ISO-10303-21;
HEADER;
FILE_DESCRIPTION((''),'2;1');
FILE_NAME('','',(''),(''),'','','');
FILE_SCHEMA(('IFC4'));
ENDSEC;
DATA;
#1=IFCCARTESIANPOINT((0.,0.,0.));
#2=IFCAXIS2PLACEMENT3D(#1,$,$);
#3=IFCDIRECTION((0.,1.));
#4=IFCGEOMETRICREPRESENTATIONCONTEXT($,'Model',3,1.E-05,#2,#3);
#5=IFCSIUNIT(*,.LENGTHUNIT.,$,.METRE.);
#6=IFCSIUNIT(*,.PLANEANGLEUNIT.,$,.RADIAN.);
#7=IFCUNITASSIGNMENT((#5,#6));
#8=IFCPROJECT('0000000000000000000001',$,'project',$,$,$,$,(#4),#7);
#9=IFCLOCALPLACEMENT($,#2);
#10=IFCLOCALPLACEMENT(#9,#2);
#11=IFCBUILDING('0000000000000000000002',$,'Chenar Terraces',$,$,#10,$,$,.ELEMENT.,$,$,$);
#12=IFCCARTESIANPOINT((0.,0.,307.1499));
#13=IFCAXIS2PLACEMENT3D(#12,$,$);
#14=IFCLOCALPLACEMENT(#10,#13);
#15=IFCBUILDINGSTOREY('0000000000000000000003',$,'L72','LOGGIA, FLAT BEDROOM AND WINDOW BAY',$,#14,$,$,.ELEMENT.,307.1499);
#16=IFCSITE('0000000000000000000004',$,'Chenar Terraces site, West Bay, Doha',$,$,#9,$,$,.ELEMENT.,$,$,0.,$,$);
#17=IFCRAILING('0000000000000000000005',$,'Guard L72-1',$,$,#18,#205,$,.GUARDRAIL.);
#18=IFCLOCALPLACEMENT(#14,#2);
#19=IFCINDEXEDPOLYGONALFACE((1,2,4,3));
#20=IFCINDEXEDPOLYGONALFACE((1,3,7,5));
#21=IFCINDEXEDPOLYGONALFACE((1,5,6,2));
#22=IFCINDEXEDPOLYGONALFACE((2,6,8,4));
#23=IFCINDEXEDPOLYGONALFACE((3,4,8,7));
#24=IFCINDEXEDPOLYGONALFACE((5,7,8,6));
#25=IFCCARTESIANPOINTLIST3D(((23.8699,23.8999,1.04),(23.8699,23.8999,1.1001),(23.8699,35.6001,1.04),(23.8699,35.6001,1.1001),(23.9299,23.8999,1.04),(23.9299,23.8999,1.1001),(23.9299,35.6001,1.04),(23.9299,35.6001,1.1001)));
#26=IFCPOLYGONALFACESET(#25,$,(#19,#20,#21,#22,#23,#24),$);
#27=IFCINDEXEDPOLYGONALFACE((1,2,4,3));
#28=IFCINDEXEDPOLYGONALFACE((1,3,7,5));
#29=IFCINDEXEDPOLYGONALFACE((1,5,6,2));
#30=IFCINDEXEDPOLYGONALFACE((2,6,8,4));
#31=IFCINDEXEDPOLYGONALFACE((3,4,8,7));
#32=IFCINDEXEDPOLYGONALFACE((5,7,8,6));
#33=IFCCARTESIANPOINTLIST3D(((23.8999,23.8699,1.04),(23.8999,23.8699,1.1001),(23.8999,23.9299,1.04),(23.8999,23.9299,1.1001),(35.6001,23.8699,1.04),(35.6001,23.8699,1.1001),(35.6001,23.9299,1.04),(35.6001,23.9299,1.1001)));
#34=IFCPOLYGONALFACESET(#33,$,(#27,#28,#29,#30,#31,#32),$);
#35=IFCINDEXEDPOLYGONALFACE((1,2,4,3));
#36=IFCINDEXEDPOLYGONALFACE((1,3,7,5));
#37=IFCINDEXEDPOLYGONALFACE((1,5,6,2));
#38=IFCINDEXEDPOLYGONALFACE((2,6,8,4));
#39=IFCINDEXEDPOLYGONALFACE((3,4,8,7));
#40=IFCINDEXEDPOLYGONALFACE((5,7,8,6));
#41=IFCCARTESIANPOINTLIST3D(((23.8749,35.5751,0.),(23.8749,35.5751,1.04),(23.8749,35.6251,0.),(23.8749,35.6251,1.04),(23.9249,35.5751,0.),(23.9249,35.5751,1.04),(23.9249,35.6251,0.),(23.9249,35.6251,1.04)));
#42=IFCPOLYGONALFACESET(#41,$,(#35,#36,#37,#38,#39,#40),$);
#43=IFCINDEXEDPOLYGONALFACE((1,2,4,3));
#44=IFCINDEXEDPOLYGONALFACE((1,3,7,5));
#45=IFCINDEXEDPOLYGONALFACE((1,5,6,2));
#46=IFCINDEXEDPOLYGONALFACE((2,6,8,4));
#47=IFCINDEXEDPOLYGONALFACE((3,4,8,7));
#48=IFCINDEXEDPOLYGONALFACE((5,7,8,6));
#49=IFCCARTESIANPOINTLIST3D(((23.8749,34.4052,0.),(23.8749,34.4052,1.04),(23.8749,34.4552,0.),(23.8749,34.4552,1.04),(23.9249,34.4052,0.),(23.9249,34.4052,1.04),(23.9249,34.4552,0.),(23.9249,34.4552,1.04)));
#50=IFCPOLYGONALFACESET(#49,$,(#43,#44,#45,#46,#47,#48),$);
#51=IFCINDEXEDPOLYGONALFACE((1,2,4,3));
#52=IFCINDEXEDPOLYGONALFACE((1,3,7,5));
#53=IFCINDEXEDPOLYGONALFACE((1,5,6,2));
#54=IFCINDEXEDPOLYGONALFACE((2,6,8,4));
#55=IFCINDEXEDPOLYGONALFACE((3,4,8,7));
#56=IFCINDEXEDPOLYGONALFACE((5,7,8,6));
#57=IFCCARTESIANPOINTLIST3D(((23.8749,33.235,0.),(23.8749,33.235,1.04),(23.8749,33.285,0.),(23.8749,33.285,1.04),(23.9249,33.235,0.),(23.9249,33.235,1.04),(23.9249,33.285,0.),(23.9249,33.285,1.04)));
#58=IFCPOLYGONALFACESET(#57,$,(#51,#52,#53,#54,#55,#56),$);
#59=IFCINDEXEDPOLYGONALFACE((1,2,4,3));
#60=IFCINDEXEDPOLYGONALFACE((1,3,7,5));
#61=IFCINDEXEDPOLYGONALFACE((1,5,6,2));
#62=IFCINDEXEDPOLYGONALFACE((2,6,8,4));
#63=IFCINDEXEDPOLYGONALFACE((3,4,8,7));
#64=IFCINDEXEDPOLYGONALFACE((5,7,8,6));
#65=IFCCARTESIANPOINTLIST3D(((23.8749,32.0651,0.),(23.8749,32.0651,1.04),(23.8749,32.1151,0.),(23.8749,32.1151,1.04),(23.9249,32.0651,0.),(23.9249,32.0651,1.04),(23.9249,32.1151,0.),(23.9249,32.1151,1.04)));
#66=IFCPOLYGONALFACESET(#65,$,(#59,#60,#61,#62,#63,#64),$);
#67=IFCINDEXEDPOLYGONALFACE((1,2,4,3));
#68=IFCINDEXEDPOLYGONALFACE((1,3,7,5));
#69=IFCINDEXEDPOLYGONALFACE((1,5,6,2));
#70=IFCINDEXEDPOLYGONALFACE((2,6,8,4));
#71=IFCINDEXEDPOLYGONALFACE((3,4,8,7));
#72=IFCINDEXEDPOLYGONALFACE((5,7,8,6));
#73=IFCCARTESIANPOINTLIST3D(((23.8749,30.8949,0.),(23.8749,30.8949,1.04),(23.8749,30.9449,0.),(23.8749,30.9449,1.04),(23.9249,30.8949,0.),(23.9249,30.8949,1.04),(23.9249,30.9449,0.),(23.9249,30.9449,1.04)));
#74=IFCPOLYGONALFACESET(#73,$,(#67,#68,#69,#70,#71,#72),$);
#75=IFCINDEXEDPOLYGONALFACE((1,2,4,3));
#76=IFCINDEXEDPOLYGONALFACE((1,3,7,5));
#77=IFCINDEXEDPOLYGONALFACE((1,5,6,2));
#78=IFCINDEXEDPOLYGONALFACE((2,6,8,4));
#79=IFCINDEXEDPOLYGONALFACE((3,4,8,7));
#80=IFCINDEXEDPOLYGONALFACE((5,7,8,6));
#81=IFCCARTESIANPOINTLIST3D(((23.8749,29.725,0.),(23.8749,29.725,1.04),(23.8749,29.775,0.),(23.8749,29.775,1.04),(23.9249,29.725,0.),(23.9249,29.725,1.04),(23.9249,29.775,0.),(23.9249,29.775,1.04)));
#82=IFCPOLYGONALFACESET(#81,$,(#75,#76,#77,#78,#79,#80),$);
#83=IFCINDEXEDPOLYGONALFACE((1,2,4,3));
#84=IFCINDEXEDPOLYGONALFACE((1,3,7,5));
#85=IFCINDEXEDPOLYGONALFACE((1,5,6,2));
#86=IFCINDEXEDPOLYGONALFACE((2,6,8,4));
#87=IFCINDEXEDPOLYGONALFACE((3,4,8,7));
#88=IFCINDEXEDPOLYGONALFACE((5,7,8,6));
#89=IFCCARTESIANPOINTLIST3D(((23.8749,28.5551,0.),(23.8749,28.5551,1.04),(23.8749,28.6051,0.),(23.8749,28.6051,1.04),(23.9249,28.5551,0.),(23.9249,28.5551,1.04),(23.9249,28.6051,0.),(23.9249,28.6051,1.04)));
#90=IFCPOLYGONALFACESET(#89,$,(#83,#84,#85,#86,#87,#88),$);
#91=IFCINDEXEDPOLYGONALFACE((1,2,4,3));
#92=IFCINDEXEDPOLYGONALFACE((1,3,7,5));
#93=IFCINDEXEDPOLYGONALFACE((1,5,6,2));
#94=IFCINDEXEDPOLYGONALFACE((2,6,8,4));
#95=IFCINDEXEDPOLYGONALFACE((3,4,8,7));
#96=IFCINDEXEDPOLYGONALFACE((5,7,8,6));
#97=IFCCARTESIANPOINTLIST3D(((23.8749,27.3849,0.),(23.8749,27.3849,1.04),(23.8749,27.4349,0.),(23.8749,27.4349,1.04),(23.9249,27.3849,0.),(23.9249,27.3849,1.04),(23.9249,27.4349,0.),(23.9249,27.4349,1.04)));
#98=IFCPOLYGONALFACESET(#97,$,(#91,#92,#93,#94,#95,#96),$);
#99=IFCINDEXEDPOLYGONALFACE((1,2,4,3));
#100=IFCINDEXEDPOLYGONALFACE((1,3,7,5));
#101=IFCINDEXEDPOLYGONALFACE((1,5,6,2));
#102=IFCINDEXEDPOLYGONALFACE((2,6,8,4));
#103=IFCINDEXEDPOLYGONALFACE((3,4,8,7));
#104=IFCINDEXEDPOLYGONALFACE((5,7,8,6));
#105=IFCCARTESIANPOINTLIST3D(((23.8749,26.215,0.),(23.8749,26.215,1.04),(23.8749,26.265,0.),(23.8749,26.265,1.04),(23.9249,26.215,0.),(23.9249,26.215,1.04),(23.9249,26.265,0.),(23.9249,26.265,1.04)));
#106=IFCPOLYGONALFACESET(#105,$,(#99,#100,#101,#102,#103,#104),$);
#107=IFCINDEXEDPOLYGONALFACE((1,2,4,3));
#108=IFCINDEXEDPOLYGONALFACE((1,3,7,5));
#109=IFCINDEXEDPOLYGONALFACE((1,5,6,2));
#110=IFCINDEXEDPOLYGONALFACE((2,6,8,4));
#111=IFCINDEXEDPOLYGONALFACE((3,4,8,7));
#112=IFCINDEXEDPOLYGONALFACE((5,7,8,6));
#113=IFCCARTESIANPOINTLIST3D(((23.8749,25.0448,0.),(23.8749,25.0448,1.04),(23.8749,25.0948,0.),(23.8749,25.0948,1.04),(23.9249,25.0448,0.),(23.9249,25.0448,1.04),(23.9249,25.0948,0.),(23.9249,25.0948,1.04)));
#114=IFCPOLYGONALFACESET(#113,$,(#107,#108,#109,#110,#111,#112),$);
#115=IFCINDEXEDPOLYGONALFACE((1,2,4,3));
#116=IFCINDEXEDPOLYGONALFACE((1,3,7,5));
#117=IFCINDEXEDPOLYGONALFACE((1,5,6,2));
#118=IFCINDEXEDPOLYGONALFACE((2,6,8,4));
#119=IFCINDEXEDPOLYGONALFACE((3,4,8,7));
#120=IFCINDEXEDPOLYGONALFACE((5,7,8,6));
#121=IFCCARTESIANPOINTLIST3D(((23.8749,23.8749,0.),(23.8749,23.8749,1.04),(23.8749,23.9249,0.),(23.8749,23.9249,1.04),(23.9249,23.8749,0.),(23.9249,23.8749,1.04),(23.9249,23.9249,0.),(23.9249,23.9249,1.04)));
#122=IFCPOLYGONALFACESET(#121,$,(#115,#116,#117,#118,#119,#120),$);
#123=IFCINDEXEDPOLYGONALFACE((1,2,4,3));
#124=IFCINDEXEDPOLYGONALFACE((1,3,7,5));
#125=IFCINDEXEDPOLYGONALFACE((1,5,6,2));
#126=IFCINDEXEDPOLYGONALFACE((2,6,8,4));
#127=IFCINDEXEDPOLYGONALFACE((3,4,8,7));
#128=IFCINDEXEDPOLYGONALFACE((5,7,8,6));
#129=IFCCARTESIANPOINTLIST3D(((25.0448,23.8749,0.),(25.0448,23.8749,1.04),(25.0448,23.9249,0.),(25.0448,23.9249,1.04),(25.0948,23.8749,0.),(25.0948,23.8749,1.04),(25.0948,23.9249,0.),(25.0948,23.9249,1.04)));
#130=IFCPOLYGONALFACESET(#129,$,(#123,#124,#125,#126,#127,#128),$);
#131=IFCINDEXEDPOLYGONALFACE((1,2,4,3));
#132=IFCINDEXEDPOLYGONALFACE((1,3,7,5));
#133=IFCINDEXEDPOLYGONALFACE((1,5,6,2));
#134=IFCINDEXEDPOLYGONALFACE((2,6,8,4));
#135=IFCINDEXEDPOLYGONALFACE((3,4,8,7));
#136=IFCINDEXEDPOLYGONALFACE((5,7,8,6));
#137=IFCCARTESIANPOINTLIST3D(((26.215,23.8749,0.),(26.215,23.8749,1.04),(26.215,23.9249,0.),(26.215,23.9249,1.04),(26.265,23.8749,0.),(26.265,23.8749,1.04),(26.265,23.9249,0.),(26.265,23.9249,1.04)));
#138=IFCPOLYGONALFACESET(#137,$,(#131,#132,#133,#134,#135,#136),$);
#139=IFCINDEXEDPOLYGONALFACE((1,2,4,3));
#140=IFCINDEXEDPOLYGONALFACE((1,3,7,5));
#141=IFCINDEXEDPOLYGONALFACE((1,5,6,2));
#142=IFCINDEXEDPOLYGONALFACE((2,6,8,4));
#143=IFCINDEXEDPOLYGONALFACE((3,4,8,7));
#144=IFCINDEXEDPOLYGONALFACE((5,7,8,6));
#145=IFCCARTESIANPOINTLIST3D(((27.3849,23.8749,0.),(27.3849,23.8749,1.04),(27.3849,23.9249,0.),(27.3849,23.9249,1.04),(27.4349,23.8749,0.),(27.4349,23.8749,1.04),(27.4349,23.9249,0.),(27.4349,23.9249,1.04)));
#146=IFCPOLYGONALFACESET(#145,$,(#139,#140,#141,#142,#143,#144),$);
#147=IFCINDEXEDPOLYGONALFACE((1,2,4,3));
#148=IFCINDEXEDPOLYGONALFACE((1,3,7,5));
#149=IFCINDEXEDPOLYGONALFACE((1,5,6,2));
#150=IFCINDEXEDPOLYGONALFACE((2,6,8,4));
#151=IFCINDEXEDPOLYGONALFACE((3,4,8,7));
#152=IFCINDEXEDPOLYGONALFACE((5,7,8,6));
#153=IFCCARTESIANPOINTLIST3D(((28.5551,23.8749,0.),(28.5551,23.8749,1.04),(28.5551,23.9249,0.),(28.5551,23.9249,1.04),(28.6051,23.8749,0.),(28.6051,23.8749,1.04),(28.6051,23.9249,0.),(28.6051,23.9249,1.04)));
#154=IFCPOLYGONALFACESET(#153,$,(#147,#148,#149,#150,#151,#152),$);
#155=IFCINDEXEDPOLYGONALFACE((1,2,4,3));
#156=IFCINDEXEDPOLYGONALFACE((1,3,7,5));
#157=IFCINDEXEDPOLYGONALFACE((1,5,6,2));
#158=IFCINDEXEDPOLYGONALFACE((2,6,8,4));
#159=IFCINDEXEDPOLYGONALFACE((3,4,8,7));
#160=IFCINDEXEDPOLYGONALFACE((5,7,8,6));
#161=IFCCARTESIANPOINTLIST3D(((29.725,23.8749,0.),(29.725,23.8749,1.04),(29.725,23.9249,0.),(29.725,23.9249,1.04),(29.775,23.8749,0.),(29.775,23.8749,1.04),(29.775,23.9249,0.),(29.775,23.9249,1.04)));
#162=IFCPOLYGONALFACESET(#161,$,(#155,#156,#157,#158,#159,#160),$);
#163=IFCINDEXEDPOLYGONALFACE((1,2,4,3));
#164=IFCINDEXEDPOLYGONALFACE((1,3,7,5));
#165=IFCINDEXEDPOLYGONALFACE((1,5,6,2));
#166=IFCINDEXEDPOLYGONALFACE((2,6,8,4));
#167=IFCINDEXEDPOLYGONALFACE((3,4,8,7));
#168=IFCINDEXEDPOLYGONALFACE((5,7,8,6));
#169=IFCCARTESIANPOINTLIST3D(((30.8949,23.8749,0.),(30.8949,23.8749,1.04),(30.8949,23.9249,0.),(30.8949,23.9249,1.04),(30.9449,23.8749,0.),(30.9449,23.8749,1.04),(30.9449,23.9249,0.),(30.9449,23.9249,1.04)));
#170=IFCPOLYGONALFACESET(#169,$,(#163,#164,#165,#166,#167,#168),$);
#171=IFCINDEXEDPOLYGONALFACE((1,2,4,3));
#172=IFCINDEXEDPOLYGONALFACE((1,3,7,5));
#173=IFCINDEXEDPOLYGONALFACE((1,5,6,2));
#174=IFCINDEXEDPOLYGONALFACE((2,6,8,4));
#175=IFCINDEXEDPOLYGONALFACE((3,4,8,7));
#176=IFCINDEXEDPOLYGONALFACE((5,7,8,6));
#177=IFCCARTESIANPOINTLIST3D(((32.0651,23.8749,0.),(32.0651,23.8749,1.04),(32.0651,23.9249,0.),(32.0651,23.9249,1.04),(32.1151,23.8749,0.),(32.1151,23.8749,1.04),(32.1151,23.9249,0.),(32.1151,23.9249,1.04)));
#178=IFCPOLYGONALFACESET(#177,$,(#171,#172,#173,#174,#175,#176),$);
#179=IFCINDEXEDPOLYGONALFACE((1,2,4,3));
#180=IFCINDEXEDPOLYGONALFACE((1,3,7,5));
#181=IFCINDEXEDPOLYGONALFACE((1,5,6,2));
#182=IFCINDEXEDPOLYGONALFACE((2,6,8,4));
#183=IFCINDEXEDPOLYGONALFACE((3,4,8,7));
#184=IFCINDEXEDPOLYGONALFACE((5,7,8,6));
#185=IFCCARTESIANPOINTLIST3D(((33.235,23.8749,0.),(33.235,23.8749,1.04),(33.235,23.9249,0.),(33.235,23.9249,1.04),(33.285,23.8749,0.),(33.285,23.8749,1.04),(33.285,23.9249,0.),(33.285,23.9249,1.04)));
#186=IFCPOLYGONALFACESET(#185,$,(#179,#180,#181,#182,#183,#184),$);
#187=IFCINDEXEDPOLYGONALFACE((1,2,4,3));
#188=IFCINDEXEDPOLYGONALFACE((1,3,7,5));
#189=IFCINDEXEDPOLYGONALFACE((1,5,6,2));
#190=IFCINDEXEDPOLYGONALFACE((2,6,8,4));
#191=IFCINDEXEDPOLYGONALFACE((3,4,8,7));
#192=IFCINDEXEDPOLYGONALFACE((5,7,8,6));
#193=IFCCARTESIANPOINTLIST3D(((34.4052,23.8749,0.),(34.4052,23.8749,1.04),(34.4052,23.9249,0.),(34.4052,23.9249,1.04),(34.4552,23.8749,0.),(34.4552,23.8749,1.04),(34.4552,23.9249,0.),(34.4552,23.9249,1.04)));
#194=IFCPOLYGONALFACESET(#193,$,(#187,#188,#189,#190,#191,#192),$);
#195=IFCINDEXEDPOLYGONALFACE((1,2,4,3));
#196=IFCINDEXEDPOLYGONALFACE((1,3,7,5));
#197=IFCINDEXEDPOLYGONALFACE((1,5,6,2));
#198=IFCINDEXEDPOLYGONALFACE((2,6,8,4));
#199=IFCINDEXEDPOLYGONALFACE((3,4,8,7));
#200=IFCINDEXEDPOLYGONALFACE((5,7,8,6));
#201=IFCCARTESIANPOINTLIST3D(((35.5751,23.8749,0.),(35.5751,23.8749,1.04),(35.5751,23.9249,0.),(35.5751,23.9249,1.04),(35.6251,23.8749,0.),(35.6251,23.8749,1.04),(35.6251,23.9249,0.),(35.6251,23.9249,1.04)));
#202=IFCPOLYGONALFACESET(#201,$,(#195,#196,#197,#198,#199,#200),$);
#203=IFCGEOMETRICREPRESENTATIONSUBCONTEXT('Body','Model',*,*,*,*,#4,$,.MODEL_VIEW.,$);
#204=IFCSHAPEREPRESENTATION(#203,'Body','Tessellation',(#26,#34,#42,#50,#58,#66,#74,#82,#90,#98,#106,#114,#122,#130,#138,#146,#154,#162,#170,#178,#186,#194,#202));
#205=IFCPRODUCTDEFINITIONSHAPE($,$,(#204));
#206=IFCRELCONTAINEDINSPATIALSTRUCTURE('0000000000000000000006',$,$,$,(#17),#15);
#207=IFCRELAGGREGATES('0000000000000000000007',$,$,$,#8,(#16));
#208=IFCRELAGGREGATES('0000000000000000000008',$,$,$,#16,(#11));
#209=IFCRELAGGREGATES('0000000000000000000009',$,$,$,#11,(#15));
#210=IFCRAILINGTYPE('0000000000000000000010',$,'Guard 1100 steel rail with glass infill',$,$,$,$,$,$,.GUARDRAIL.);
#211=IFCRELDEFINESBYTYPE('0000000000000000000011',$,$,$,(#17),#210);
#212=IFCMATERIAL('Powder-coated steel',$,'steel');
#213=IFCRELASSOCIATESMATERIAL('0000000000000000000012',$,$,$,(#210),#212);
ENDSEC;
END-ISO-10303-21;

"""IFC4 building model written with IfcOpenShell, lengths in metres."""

from ifc_helpers import new_model, si_unit, direction, frame, origin, origin_2d, place, context, subcontext, project, spatial, rectangle, extrude, material, type_object, element, save


model = new_model("IFC4")

# Units and contexts
model_context = context("Model", 3, precision=1e-05, world=origin(), true_north=direction((0.0, 1.0)))
body_context = subcontext(model_context, "Body", "Model", "MODEL_VIEW")
ifc_project = project(units=[si_unit("LENGTHUNIT", "METRE"), si_unit("PLANEANGLEUNIT", "RADIAN")], contexts=[model_context])

# Site, building, storey
site_placement = place(None, origin())
site = spatial("IfcSite", under=ifc_project, at=site_placement, Name="Chenar Terraces site, West Bay, Doha", CompositionType="ELEMENT", RefElevation=0.0)
building_placement = place(site_placement, origin())
building = spatial("IfcBuilding", under=site, at=building_placement, Name="Chenar Terraces", CompositionType="ELEMENT")
storey_placement = place(building_placement, frame((0.0, 0.0, 307.1499)))
storey = spatial("IfcBuildingStorey", under=building, at=storey_placement, Name="L72", Description="LOGGIA, FLAT BEDROOM AND WINDOW BAY", CompositionType="ELEMENT", Elevation=307.1499)

# Railing
ifc_material_1 = material(Name="Powder-coated steel", Category="steel")
railing_type = type_object("IfcRailingType", Name="Guard 1100 steel rail with glass infill", PredefinedType="GUARDRAIL", material=ifc_material_1)
railing_placement = place(storey_placement, frame((23.8999, 35.6001, 0.0)))
element("IfcRailing", 1, at=railing_placement, inside=storey, type_object=railing_type, Name="Guard L72-1", PredefinedType="GUARDRAIL", context=body_context, shape_type="SweptSolid", body=[
    extrude(rectangle(XDim=0.0601, YDim=0.0601, at=origin_2d()), frame((0.0, 0.0, 1.0701), z_axis=(0.0, -1.0, 0.0), x_axis=(1.0, 0.0, 0.0)), (0.0, 0.0, 1.0), 11.7002),
    extrude(rectangle(XDim=0.0601, YDim=0.0601, at=origin_2d()), frame((0.0, -11.7002, 1.0701), z_axis=(1.0, 0.0, 0.0), x_axis=(0.0, 1.0, 0.0)), (0.0, 0.0, 1.0), 11.7002),
    extrude(rectangle(XDim=0.05, YDim=0.05, at=origin_2d()), origin(), (0.0, 0.0, 1.0), 1.04),
    extrude(rectangle(XDim=0.05, YDim=0.05, at=origin_2d()), frame((0.0, -1.1699, 0.0)), (0.0, 0.0, 1.0), 1.04),
    extrude(rectangle(XDim=0.05, YDim=0.05, at=origin_2d()), frame((0.0, -2.3401, 0.0)), (0.0, 0.0, 1.0), 1.04),
    extrude(rectangle(XDim=0.05, YDim=0.05, at=origin_2d()), frame((0.0, -3.51, 0.0)), (0.0, 0.0, 1.0), 1.04),
    extrude(rectangle(XDim=0.05, YDim=0.05, at=origin_2d()), frame((0.0, -4.6802, 0.0)), (0.0, 0.0, 1.0), 1.04),
    extrude(rectangle(XDim=0.05, YDim=0.05, at=origin_2d()), frame((0.0, -5.8501, 0.0)), (0.0, 0.0, 1.0), 1.04),
    extrude(rectangle(XDim=0.05, YDim=0.05, at=origin_2d()), frame((0.0, -7.02, 0.0)), (0.0, 0.0, 1.0), 1.04),
    extrude(rectangle(XDim=0.05, YDim=0.05, at=origin_2d()), frame((0.0, -8.1902, 0.0)), (0.0, 0.0, 1.0), 1.04),
    extrude(rectangle(XDim=0.05, YDim=0.05, at=origin_2d()), frame((0.0, -9.3601, 0.0)), (0.0, 0.0, 1.0), 1.04),
    extrude(rectangle(XDim=0.05, YDim=0.05, at=origin_2d()), frame((0.0, -10.5303, 0.0)), (0.0, 0.0, 1.0), 1.04),
    extrude(rectangle(XDim=0.05, YDim=0.05, at=origin_2d()), frame((0.0, -11.7002, 0.0)), (0.0, 0.0, 1.0), 1.04),
    extrude(rectangle(XDim=0.05, YDim=0.05, at=origin_2d()), frame((1.1699, -11.7002, 0.0)), (0.0, 0.0, 1.0), 1.04),
    extrude(rectangle(XDim=0.05, YDim=0.05, at=origin_2d()), frame((2.3401, -11.7002, 0.0)), (0.0, 0.0, 1.0), 1.04),
    extrude(rectangle(XDim=0.05, YDim=0.05, at=origin_2d()), frame((3.51, -11.7002, 0.0)), (0.0, 0.0, 1.0), 1.04),
    extrude(rectangle(XDim=0.05, YDim=0.05, at=origin_2d()), frame((4.6802, -11.7002, 0.0)), (0.0, 0.0, 1.0), 1.04),
    extrude(rectangle(XDim=0.05, YDim=0.05, at=origin_2d()), frame((5.8501, -11.7002, 0.0)), (0.0, 0.0, 1.0), 1.04),
    extrude(rectangle(XDim=0.05, YDim=0.05, at=origin_2d()), frame((7.02, -11.7002, 0.0)), (0.0, 0.0, 1.0), 1.04),
    extrude(rectangle(XDim=0.05, YDim=0.05, at=origin_2d()), frame((8.1902, -11.7002, 0.0)), (0.0, 0.0, 1.0), 1.04),
    extrude(rectangle(XDim=0.05, YDim=0.05, at=origin_2d()), frame((9.3601, -11.7002, 0.0)), (0.0, 0.0, 1.0), 1.04),
    extrude(rectangle(XDim=0.05, YDim=0.05, at=origin_2d()), frame((10.5303, -11.7002, 0.0)), (0.0, 0.0, 1.0), 1.04),
    extrude(rectangle(XDim=0.05, YDim=0.05, at=origin_2d()), frame((11.7002, -11.7002, 0.0)), (0.0, 0.0, 1.0), 1.04),
])

save(model, "model.ifc")
